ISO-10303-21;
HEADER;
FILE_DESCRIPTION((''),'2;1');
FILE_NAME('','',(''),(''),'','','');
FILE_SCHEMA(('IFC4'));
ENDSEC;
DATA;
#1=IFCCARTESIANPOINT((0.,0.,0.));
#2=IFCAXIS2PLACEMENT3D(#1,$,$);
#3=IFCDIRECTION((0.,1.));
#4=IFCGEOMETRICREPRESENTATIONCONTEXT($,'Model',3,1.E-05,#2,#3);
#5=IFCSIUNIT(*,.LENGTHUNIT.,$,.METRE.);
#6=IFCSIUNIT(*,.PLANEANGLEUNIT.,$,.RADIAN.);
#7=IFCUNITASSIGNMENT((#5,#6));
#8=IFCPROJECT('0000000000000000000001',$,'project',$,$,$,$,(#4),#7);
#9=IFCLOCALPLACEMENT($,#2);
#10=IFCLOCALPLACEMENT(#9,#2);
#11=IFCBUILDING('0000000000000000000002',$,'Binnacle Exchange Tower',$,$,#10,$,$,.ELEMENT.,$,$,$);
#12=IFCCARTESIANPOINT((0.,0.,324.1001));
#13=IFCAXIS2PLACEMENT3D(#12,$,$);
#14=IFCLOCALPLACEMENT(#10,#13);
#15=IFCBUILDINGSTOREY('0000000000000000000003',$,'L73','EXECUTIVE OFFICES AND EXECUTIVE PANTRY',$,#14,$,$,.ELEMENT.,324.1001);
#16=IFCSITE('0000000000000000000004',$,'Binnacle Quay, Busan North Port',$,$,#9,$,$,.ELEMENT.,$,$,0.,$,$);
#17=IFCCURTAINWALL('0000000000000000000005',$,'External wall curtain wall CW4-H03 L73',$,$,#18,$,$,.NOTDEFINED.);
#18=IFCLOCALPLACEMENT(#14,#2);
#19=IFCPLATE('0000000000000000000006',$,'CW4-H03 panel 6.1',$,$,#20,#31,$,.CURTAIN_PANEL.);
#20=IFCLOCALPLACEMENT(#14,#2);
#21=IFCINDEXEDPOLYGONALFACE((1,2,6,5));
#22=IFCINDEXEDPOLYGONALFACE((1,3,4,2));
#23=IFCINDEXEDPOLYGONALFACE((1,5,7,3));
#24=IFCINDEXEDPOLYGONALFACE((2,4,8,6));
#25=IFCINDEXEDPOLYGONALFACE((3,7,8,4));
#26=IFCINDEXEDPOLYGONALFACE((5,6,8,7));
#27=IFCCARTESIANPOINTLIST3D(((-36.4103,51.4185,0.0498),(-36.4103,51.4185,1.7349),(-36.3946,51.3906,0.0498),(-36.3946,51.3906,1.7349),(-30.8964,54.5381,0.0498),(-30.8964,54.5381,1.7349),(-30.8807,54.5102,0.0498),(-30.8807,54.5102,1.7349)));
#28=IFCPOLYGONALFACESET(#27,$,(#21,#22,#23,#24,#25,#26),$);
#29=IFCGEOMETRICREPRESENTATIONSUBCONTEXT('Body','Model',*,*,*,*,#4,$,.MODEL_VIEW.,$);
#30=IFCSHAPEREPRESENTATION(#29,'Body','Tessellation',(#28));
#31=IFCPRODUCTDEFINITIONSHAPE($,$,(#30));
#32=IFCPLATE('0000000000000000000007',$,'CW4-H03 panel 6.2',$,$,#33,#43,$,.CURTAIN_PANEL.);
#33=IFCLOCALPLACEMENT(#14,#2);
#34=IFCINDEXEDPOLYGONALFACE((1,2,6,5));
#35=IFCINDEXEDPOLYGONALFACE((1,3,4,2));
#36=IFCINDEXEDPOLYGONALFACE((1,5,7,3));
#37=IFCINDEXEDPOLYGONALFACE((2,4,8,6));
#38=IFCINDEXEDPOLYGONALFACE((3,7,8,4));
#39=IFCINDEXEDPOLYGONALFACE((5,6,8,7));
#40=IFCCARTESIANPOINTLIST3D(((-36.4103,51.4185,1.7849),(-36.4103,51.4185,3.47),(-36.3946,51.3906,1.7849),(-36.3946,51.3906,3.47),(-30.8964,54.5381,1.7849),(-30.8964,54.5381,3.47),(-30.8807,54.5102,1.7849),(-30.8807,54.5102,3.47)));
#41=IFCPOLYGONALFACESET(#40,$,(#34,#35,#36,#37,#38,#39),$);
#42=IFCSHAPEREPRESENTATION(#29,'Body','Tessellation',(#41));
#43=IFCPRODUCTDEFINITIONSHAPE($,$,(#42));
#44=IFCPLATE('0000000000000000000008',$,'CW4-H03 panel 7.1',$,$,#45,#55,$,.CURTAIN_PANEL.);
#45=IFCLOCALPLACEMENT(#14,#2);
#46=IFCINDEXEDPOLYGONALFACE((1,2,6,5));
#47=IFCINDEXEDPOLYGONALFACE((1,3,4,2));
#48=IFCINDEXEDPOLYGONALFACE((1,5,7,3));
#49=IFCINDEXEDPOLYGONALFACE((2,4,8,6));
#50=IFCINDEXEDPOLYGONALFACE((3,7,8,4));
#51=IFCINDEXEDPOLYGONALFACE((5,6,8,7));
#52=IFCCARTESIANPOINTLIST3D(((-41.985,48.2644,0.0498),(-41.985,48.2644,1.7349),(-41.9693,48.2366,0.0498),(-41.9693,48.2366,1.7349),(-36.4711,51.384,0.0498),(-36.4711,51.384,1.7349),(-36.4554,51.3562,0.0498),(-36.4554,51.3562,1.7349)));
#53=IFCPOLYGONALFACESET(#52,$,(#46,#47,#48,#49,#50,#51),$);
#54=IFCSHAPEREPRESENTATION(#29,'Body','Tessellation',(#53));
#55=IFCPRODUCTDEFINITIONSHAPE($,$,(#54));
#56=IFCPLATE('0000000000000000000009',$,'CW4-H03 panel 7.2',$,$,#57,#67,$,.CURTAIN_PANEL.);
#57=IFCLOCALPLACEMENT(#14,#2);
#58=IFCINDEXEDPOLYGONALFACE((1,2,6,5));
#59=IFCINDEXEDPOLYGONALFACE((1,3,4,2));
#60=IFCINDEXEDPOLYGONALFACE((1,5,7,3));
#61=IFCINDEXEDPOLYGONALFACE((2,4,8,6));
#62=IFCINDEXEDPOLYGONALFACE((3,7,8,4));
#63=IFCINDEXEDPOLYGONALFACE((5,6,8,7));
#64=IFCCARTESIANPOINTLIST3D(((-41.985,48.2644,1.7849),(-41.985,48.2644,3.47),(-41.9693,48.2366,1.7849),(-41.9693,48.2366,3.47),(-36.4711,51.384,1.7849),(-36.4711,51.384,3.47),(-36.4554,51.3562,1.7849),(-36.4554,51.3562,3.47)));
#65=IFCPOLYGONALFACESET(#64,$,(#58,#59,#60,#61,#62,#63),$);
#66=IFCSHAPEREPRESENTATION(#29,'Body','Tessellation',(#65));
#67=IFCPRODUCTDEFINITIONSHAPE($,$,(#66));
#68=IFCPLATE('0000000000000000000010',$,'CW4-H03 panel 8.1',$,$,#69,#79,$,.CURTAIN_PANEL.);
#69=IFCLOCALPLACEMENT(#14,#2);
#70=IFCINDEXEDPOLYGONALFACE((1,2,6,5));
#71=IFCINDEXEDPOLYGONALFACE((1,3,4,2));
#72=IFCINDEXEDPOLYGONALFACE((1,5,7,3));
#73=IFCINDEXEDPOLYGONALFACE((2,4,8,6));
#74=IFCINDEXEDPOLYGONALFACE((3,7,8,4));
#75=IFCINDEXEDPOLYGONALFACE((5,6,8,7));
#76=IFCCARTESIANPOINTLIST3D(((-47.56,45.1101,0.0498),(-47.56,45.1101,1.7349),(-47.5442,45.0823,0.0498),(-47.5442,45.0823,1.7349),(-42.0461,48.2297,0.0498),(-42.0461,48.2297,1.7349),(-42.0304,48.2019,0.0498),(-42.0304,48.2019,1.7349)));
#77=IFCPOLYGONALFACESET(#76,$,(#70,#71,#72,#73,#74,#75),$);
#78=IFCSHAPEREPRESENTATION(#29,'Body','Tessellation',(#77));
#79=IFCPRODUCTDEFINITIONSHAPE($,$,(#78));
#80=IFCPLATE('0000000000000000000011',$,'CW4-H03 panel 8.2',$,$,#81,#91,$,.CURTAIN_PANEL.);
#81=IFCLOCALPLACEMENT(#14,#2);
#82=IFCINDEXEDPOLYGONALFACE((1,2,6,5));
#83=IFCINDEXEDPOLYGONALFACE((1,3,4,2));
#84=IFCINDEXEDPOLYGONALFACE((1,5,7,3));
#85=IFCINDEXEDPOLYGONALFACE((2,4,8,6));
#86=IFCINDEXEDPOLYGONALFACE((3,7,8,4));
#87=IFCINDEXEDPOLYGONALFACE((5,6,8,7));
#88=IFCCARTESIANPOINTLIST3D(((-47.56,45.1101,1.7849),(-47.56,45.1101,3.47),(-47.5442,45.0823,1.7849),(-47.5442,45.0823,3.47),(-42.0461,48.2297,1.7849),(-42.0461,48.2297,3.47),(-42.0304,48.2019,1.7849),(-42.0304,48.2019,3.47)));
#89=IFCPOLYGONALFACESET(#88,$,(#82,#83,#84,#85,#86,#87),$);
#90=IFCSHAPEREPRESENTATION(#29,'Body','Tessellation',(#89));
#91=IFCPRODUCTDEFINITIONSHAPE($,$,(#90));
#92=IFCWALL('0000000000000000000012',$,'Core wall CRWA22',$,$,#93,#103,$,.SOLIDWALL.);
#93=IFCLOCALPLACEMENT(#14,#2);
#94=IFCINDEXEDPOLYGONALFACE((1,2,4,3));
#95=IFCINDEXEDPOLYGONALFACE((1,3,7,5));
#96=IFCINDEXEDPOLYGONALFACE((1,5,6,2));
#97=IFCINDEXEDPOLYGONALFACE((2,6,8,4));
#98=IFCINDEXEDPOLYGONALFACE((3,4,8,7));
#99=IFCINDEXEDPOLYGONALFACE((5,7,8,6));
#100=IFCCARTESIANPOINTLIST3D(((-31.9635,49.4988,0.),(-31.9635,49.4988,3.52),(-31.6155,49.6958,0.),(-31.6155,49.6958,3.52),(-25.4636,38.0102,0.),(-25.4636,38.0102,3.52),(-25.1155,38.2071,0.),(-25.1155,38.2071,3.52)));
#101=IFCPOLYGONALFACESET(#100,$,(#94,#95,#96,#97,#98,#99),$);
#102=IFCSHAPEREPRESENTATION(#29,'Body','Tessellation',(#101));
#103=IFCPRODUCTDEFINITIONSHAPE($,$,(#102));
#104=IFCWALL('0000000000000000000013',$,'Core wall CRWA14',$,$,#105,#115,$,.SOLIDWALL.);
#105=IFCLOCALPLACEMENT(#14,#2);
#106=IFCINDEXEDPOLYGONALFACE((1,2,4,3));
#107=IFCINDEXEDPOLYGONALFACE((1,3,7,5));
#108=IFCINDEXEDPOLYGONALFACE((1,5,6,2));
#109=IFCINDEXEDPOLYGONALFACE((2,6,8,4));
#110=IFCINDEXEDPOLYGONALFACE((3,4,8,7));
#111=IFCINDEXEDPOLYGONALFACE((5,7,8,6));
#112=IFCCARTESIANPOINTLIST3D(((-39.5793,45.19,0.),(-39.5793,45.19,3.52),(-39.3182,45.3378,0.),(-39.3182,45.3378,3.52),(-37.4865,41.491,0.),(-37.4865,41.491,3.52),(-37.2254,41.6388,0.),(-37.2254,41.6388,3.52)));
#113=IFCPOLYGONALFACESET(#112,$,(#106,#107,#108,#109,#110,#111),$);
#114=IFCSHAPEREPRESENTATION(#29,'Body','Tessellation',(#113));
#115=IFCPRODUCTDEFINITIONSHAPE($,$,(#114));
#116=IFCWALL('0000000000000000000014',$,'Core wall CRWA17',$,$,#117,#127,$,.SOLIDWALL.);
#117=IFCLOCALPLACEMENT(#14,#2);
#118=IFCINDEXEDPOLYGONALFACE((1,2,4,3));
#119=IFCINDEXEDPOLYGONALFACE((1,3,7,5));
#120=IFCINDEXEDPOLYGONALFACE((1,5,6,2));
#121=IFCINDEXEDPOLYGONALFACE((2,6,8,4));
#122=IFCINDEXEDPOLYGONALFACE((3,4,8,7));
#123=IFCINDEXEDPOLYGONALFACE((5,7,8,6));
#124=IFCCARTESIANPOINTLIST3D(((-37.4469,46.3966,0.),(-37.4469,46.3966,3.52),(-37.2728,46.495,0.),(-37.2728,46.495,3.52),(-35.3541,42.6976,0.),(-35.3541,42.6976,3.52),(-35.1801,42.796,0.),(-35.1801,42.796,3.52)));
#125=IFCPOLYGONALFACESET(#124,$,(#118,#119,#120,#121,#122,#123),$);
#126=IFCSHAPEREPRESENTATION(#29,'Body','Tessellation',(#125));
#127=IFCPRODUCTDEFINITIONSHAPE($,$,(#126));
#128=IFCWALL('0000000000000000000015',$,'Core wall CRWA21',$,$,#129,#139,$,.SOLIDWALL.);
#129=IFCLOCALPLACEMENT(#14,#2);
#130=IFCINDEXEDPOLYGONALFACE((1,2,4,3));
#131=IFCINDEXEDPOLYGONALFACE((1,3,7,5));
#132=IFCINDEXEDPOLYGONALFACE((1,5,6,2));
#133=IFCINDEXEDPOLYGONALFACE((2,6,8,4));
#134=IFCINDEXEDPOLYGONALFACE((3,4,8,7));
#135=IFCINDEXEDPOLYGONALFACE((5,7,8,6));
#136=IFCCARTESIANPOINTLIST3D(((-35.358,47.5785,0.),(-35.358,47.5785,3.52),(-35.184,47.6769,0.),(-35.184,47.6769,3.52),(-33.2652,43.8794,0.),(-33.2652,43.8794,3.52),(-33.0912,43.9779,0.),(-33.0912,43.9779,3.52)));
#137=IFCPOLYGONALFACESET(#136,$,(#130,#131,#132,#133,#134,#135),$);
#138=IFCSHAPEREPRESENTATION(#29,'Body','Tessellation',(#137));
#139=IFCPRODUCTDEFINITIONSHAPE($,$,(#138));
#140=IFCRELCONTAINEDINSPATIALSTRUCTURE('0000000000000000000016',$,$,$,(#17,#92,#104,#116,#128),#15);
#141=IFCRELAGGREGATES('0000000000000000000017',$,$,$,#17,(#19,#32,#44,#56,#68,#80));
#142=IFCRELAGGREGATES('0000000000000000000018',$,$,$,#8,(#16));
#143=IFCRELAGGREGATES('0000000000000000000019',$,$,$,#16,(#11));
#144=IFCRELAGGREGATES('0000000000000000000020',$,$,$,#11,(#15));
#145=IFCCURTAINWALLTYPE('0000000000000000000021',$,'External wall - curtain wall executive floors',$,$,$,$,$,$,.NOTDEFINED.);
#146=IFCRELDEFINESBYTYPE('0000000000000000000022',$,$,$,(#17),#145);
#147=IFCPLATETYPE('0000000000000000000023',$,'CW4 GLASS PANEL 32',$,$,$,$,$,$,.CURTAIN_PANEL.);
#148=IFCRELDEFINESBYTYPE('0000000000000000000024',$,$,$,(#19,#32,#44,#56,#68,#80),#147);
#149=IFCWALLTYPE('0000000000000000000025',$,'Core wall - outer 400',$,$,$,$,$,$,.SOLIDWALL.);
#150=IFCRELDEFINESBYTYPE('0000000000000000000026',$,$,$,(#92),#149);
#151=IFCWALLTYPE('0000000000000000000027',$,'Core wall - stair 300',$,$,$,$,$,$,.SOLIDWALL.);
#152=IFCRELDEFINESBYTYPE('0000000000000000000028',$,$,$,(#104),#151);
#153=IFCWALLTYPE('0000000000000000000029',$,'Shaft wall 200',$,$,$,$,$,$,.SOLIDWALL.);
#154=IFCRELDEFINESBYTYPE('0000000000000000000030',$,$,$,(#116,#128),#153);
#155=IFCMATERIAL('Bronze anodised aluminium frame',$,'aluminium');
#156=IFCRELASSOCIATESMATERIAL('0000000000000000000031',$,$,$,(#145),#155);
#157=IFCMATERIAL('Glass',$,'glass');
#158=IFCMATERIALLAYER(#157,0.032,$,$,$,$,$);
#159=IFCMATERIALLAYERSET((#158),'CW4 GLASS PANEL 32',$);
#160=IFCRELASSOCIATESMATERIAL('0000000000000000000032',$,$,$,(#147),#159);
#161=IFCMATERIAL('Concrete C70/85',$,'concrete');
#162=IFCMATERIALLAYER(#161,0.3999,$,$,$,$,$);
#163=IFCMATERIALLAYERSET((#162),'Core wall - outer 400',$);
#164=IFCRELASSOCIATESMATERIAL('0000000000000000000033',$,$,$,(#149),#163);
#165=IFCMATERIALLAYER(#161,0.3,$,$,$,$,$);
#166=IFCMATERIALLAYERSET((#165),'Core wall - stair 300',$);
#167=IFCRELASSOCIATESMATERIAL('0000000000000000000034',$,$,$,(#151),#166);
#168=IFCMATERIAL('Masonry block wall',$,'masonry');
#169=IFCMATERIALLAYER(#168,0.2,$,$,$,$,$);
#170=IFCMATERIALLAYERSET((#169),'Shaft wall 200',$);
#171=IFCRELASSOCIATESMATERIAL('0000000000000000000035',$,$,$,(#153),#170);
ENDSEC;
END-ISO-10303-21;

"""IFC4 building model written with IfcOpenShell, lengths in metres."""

from ifc_helpers import new_model, si_unit, direction, frame, frame_2d, origin, origin_2d, place, context, subcontext, project, spatial, rectangle, extrude, material, layer, layer_set, type_object, element, aggregate, save


model = new_model("IFC4")

# Units and contexts
model_context = context("Model", 3, precision=1e-05, world=origin(), true_north=direction((0.0, 1.0)))
body_context = subcontext(model_context, "Body", "Model", "MODEL_VIEW")
ifc_project = project(units=[si_unit("LENGTHUNIT", "METRE"), si_unit("PLANEANGLEUNIT", "RADIAN")], contexts=[model_context])

# Site, building, storey
site_placement = place(None, origin())
site = spatial("IfcSite", under=ifc_project, at=site_placement, Name="Binnacle Quay, Busan North Port", CompositionType="ELEMENT", RefElevation=0.0)
building_placement = place(site_placement, origin())
building = spatial("IfcBuilding", under=site, at=building_placement, Name="Binnacle Exchange Tower", CompositionType="ELEMENT")
storey_placement = place(building_placement, frame((0.0, 0.0, 324.1001)))
storey = spatial("IfcBuildingStorey", under=building, at=storey_placement, Name="L73", Description="EXECUTIVE OFFICES AND EXECUTIVE PANTRY", CompositionType="ELEMENT", Elevation=324.1001)

# Curtain wall
ifc_material_1 = material(Name="Bronze anodised aluminium frame", Category="aluminium")
curtain_wall_type = type_object("IfcCurtainWallType", Name="External wall - curtain wall executive floors", PredefinedType="NOTDEFINED", material=ifc_material_1)
curtain_wall_placement = place(storey_placement, origin())
curtain_wall = element("IfcCurtainWall", 1, at=curtain_wall_placement, inside=storey, type_object=curtain_wall_type, Name="External wall curtain wall CW4-H03 L73", PredefinedType="NOTDEFINED")

# Plates
ifc_material_2 = material(Name="Glass", Category="glass")
ifc_layer_1 = layer(ifc_material_2, 0.032)
ifc_layer_set_1 = layer_set([ifc_layer_1], Name="CW4 GLASS PANEL 32")
plate_type = type_object("IfcPlateType", Name="CW4 GLASS PANEL 32", PredefinedType="CURTAIN_PANEL", material=ifc_layer_set_1)
plate_1_placement = place(storey_placement, frame((-33.6455, 52.9644, 0.0498), z_axis=(0.0, 0.0, 1.0), x_axis=(-0.870356, -0.492424, 0.0)))
plate_1 = element("IfcPlate", 2, at=plate_1_placement, type_object=plate_type, Name="CW4-H03 panel 6.1", PredefinedType="CURTAIN_PANEL", context=body_context, shape_type="SweptSolid", body=[
    extrude(rectangle(XDim=6.3352, YDim=0.032, at=origin_2d()), origin(), (0.0, 0.0, 1.0), 1.6851),
])
plate_2_placement = place(storey_placement, frame((-33.6455, 52.9644, 1.7849), z_axis=(0.0, 0.0, 1.0), x_axis=(-0.870356, -0.492424, 0.0)))
plate_2 = element("IfcPlate", 3, at=plate_2_placement, type_object=plate_type, Name="CW4-H03 panel 6.2", PredefinedType="CURTAIN_PANEL", context=body_context, shape_type="SweptSolid", body=[
    extrude(rectangle(XDim=6.3352, YDim=0.032, at=origin_2d()), origin(), (0.0, 0.0, 1.0), 1.6851),
])
plate_3_placement = place(storey_placement, frame((-39.2202, 49.8103, 0.0498), z_axis=(0.0, 0.0, 1.0), x_axis=(-0.870356, -0.492424, 0.0)))
plate_3 = element("IfcPlate", 4, at=plate_3_placement, type_object=plate_type, Name="CW4-H03 panel 7.1", PredefinedType="CURTAIN_PANEL", context=body_context, shape_type="SweptSolid", body=[
    extrude(rectangle(XDim=6.3352, YDim=0.032, at=origin_2d()), origin(), (0.0, 0.0, 1.0), 1.6851),
])
plate_4_placement = place(storey_placement, frame((-39.2202, 49.8103, 1.7849), z_axis=(0.0, 0.0, 1.0), x_axis=(-0.870356, -0.492424, 0.0)))
plate_4 = element("IfcPlate", 5, at=plate_4_placement, type_object=plate_type, Name="CW4-H03 panel 7.2", PredefinedType="CURTAIN_PANEL", context=body_context, shape_type="SweptSolid", body=[
    extrude(rectangle(XDim=6.3352, YDim=0.032, at=origin_2d()), origin(), (0.0, 0.0, 1.0), 1.6851),
])
plate_5_placement = place(storey_placement, frame((-44.7952, 46.656, 0.0498), z_axis=(0.0, 0.0, 1.0), x_axis=(-0.870356, -0.492424, 0.0)))
plate_5 = element("IfcPlate", 6, at=plate_5_placement, type_object=plate_type, Name="CW4-H03 panel 8.1", PredefinedType="CURTAIN_PANEL", context=body_context, shape_type="SweptSolid", body=[
    extrude(rectangle(XDim=6.3352, YDim=0.032, at=origin_2d()), origin(), (0.0, 0.0, 1.0), 1.6851),
])
plate_6_placement = place(storey_placement, frame((-44.7952, 46.656, 1.7849), z_axis=(0.0, 0.0, 1.0), x_axis=(-0.870356, -0.492424, 0.0)))
plate_6 = element("IfcPlate", 7, at=plate_6_placement, type_object=plate_type, Name="CW4-H03 panel 8.2", PredefinedType="CURTAIN_PANEL", context=body_context, shape_type="SweptSolid", body=[
    extrude(rectangle(XDim=6.3352, YDim=0.032, at=origin_2d()), origin(), (0.0, 0.0, 1.0), 1.6851),
])
aggregate(curtain_wall, [plate_1, plate_2, plate_3, plate_4, plate_5, plate_6])

# Walls
ifc_material_3 = material(Name="Concrete C70/85", Category="concrete")
ifc_layer_2 = layer(ifc_material_3, 0.3999)
ifc_layer_set_2 = layer_set([ifc_layer_2], Name="Core wall - outer 400")
wall_type_1 = type_object("IfcWallType", Name="Core wall - outer 400", PredefinedType="SOLIDWALL", material=ifc_layer_set_2)
wall_1_placement = place(storey_placement, frame((-31.7896, 49.5974, 0.0), z_axis=(0.0, 0.0, 1.0), x_axis=(0.492422, -0.870357, 0.0)))
element("IfcWall", 8, at=wall_1_placement, inside=storey, type_object=wall_type_1, Name="Core wall CRWA22", PredefinedType="SOLIDWALL", context=body_context, shape_type="SweptSolid", body=[
    extrude(rectangle(XDim=13.2, YDim=0.3999, at=frame_2d((6.6001, 0.0))), origin(), (0.0, 0.0, 1.0), 3.52),
])
ifc_layer_3 = layer(ifc_material_3, 0.3)
ifc_layer_set_3 = layer_set([ifc_layer_3], Name="Core wall - stair 300")
wall_type_2 = type_object("IfcWallType", Name="Core wall - stair 300", PredefinedType="SOLIDWALL", material=ifc_layer_set_3)
wall_2_placement = place(storey_placement, frame((-39.4487, 45.2639, 0.0), z_axis=(0.0, 0.0, 1.0), x_axis=(0.492423, -0.870356, 0.0)))
element("IfcWall", 9, at=wall_2_placement, inside=storey, type_object=wall_type_2, Name="Core wall CRWA14", PredefinedType="SOLIDWALL", context=body_context, shape_type="SweptSolid", body=[
    extrude(rectangle(XDim=4.25, YDim=0.3, at=frame_2d((2.125, 0.0))), origin(), (0.0, 0.0, 1.0), 3.52),
])
ifc_material_4 = material(Name="Masonry block wall", Category="masonry")
ifc_layer_4 = layer(ifc_material_4, 0.2)
ifc_layer_set_4 = layer_set([ifc_layer_4], Name="Shaft wall 200")
wall_type_3 = type_object("IfcWallType", Name="Shaft wall 200", PredefinedType="SOLIDWALL", material=ifc_layer_set_4)
for number, where, z_axis, x_axis, name in (
    (10, (-37.3599, 46.4458, 0.0), (0.0, 0.0, 1.0), (0.492423, -0.870356, 0.0), "Core wall CRWA17"),
    (11, (-35.271, 47.6277, 0.0), (0.0, 0.0, 1.0), (0.492423, -0.870356, 0.0), "Core wall CRWA21"),
):
    element("IfcWall", number, at=place(storey_placement, frame(where, z_axis=z_axis, x_axis=x_axis)), inside=storey, type_object=wall_type_3, Name=name, PredefinedType="SOLIDWALL", context=body_context, shape_type="SweptSolid", body=[
        extrude(rectangle(XDim=4.25, YDim=0.2, at=frame_2d((2.125, 0.0))), origin(), (0.0, 0.0, 1.0), 3.52),
    ])

save(model, "model.ifc")
